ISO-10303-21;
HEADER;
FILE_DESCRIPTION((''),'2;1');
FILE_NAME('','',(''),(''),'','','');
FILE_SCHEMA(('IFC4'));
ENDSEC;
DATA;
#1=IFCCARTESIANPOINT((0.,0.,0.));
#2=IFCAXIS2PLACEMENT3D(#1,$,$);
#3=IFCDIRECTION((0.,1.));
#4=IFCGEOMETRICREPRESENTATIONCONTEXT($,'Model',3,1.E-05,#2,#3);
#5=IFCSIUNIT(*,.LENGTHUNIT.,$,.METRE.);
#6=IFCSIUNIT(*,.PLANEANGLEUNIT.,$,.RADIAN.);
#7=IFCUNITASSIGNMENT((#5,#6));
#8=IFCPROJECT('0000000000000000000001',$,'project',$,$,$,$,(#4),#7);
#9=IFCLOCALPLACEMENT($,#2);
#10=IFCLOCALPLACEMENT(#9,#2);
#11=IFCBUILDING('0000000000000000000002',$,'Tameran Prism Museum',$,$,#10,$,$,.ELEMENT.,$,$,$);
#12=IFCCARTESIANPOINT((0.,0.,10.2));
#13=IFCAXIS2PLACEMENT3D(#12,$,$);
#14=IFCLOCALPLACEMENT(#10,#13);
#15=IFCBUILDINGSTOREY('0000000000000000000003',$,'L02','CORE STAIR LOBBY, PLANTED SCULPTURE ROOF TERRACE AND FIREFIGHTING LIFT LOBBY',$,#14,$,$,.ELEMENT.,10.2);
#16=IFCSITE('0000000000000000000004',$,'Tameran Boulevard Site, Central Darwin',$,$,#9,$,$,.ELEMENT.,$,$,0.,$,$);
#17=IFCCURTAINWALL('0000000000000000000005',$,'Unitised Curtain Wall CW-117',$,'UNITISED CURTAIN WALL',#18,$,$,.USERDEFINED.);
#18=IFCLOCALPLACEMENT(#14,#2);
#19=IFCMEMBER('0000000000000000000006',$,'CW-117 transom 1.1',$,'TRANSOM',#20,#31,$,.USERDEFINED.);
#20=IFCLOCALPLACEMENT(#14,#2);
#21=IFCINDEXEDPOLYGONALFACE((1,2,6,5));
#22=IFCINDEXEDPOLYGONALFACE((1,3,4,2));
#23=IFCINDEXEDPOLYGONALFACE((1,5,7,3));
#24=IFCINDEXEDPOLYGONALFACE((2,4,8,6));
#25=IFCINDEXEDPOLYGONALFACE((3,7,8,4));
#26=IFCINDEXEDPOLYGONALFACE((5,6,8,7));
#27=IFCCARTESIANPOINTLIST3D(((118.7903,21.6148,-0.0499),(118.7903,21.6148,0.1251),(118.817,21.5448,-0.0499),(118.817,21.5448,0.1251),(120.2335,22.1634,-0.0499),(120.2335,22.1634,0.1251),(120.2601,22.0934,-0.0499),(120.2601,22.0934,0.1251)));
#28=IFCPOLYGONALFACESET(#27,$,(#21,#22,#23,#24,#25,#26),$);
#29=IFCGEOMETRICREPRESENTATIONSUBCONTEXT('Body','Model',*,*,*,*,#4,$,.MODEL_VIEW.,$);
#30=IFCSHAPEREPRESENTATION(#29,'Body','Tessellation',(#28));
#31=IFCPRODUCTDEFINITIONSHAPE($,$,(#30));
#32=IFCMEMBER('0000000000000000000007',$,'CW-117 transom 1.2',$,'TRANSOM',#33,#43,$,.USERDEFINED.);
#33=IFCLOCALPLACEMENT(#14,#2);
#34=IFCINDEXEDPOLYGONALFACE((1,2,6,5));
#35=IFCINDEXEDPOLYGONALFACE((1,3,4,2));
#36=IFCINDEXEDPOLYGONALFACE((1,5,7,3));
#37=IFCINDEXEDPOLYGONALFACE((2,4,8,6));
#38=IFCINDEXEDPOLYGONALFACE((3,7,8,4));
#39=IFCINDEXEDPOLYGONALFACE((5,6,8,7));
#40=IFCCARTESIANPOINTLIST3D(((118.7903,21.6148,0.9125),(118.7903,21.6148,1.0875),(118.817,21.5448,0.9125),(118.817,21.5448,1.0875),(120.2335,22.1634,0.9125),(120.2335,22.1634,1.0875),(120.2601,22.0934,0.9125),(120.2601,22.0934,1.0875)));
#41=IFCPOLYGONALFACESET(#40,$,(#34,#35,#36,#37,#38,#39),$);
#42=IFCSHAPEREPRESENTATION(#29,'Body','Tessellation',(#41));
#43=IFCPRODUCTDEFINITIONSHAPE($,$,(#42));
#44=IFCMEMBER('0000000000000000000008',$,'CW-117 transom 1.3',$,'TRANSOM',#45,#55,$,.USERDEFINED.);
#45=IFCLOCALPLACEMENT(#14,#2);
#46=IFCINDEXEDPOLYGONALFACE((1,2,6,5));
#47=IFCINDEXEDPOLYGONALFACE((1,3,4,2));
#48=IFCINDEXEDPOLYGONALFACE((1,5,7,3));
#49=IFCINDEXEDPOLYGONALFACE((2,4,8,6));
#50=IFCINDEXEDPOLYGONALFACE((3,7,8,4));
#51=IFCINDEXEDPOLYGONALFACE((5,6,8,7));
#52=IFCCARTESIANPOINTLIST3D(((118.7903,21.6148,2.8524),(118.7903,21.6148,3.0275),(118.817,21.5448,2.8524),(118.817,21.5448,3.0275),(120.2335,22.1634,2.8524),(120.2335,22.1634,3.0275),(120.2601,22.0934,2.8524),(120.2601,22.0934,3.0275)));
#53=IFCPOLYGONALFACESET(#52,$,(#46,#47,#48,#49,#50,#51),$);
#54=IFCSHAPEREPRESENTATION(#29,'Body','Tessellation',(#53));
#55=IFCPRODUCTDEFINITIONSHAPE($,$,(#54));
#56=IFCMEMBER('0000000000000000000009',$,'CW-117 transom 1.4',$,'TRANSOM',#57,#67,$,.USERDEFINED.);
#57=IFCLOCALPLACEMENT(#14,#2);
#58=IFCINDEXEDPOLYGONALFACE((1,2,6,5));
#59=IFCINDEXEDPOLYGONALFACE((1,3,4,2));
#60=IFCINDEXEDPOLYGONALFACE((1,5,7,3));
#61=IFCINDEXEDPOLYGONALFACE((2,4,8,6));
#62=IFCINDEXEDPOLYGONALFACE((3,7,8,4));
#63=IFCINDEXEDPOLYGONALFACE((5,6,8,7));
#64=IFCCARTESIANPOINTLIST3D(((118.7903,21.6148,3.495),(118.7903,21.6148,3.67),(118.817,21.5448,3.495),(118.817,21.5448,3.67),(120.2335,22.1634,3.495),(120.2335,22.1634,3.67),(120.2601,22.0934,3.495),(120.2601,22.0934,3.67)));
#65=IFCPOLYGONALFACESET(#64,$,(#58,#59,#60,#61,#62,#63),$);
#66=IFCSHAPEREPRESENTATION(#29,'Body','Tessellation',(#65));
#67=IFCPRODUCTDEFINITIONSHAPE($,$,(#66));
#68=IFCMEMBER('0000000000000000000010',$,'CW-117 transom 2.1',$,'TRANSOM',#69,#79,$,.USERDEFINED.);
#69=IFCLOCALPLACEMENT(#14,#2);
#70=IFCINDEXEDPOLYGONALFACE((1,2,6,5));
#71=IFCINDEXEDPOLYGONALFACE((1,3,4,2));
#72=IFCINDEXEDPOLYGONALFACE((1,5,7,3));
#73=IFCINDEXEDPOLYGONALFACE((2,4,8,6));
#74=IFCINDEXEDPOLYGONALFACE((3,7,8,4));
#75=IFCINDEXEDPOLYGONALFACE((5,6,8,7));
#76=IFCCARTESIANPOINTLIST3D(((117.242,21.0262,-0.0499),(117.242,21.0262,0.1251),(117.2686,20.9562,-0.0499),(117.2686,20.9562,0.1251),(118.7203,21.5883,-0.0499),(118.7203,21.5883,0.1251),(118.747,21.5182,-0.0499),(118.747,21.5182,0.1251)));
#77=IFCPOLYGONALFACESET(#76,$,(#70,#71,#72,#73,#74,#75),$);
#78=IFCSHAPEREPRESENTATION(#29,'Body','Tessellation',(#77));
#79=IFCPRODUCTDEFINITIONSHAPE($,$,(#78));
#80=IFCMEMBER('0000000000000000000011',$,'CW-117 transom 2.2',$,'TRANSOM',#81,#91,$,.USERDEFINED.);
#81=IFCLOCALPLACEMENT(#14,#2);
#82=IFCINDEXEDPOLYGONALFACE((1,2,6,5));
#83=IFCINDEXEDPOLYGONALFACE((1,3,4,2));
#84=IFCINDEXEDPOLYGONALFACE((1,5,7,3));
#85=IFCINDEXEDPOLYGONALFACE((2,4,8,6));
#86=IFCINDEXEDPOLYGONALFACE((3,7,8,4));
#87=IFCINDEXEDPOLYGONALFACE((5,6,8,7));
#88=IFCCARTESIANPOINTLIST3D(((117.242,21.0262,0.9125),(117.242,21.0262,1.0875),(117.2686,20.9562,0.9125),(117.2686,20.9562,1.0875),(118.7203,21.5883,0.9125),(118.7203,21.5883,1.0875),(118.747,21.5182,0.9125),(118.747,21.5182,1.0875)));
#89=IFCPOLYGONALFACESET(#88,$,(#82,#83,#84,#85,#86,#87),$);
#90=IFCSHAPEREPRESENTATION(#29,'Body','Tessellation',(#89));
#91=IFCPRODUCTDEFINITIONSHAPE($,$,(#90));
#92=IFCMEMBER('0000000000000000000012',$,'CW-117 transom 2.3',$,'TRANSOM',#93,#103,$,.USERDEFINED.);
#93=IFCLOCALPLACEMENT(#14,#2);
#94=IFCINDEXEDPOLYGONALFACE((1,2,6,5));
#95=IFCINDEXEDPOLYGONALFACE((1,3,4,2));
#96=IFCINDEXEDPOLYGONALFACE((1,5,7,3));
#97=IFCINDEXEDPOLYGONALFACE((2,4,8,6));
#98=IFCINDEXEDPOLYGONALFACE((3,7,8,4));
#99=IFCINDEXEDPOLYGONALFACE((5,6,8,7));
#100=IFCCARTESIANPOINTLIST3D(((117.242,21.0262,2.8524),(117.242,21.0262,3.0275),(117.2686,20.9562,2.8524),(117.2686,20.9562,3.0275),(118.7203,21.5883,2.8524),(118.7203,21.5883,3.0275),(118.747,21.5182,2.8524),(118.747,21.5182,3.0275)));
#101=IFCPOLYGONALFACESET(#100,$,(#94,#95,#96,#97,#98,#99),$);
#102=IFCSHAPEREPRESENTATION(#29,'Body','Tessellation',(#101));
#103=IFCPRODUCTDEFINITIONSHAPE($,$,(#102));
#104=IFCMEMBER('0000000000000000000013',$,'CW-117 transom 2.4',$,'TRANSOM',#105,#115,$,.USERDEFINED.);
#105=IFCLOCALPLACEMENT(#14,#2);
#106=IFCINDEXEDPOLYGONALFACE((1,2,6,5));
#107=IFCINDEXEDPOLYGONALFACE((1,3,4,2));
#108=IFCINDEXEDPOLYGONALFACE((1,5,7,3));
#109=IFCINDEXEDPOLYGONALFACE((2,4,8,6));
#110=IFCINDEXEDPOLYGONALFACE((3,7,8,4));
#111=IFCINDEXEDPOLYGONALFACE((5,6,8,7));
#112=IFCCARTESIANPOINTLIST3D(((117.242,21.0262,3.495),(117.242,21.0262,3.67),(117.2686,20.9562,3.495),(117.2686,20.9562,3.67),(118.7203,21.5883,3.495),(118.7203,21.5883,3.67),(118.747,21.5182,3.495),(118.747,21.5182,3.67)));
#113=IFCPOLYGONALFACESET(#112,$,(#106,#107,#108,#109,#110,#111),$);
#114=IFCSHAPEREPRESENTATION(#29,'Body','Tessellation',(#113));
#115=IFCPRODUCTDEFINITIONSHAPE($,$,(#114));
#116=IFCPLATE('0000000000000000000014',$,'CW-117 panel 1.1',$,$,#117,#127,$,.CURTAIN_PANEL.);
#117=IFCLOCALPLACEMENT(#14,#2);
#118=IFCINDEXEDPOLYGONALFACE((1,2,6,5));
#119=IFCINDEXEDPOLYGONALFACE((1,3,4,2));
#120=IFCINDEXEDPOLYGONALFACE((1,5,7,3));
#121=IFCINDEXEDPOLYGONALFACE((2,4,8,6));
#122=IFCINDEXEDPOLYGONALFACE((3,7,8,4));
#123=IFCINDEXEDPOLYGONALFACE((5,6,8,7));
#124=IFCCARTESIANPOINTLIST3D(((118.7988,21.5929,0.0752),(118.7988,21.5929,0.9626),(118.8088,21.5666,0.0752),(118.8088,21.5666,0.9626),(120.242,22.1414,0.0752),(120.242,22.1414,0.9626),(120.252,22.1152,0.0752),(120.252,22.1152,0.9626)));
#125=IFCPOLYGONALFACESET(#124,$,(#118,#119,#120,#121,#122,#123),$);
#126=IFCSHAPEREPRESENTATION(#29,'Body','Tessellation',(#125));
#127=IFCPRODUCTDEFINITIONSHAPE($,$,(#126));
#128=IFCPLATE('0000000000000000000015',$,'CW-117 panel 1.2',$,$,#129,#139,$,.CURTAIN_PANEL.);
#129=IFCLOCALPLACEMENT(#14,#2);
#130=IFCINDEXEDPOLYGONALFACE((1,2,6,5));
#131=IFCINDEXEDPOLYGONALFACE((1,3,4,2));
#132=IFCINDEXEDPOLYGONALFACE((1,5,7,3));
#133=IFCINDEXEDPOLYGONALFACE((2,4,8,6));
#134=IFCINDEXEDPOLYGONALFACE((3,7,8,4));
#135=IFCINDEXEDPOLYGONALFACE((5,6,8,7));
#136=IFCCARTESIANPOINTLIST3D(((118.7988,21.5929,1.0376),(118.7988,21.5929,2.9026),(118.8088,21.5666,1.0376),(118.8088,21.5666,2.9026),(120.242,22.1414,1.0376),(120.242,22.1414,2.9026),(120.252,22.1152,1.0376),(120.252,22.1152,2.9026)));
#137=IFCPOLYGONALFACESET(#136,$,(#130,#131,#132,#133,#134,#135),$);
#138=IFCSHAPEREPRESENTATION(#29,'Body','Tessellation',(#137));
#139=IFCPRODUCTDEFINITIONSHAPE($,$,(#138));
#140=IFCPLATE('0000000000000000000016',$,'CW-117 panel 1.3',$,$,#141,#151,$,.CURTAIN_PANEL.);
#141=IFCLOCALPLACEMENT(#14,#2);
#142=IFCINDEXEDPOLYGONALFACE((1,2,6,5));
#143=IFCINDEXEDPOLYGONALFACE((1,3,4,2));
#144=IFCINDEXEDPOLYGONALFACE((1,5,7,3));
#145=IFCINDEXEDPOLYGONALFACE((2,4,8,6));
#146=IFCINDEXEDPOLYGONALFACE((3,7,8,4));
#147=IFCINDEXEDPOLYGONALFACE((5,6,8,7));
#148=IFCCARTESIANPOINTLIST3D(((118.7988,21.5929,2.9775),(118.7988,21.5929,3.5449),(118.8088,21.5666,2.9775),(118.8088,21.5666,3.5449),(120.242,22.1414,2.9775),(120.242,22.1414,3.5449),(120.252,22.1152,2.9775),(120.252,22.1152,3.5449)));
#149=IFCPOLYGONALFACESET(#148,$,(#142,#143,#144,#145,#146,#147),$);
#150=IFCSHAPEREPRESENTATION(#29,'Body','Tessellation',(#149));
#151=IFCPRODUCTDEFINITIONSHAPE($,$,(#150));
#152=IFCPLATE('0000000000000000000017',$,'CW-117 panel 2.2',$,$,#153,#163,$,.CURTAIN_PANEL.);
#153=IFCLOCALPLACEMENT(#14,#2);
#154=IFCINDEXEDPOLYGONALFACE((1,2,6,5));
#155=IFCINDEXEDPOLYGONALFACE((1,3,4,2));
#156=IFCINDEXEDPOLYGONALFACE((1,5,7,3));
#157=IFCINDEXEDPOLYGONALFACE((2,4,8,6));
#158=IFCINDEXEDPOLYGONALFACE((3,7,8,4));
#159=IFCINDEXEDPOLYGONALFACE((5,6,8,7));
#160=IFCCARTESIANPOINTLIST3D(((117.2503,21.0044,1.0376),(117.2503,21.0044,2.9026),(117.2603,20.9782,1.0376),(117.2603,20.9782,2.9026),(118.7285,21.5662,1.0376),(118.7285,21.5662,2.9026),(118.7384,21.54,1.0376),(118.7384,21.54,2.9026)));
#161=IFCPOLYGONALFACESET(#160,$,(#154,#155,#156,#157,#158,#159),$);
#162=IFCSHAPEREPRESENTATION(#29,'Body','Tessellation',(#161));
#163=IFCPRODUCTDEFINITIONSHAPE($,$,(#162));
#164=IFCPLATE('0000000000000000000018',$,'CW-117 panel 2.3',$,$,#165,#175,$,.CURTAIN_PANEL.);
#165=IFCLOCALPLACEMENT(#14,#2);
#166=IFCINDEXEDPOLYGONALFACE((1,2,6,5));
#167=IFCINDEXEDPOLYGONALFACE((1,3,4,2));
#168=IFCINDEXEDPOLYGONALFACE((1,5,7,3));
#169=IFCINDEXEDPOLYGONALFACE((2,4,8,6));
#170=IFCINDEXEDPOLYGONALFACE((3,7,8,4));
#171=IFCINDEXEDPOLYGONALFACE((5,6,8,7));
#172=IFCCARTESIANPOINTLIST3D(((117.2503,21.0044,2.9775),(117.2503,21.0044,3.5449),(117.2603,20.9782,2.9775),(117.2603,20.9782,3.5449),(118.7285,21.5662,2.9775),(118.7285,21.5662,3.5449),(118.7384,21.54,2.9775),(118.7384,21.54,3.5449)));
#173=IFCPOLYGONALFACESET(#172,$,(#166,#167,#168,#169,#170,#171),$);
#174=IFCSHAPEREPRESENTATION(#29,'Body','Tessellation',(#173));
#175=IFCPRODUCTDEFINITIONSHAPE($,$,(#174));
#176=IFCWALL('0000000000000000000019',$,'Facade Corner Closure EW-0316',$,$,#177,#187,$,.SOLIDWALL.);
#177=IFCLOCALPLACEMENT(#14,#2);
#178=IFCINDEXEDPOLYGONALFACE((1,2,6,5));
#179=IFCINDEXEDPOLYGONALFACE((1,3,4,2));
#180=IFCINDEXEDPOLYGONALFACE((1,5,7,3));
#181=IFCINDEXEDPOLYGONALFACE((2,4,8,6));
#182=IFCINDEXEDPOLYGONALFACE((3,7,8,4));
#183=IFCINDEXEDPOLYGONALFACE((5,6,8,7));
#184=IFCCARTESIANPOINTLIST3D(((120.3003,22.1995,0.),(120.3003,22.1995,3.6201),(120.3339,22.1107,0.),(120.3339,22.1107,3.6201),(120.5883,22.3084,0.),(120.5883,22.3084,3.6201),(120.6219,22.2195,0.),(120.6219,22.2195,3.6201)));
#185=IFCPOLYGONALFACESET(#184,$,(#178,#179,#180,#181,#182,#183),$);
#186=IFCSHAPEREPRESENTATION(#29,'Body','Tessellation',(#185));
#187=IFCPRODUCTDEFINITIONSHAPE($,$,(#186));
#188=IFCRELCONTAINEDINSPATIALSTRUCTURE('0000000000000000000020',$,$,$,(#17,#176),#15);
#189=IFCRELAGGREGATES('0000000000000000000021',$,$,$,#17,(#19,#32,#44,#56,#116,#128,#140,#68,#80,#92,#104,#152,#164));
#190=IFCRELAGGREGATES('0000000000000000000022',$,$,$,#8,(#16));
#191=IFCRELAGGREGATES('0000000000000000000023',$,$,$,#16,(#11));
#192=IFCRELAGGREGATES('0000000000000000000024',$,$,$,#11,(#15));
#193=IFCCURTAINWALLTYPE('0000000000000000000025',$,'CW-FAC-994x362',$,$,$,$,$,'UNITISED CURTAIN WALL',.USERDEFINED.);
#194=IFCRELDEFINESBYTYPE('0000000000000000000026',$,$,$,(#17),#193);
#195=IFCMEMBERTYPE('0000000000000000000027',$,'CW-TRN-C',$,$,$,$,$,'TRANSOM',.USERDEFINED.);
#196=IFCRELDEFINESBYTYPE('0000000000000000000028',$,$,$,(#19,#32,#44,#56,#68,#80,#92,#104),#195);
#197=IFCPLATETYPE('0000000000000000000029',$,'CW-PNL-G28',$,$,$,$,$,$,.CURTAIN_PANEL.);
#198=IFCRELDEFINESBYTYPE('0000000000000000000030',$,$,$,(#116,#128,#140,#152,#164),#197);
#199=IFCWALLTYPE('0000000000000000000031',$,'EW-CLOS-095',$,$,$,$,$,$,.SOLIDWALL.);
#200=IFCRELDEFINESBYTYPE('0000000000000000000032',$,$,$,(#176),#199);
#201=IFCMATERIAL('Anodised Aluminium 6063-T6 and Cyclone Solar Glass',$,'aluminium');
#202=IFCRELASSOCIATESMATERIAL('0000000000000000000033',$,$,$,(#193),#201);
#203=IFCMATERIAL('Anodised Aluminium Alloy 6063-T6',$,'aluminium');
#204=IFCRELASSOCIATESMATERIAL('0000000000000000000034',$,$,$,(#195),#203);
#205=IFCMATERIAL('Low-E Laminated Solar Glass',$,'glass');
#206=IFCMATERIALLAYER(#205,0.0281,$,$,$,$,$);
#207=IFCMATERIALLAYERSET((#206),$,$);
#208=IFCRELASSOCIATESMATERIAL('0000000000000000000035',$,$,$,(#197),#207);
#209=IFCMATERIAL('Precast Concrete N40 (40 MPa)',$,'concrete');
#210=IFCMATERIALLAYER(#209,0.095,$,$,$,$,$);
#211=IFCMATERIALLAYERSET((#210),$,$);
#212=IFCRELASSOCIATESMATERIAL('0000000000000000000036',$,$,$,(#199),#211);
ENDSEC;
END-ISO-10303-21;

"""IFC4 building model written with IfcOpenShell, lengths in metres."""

from ifc_helpers import new_model, si_unit, direction, frame, frame_2d, origin, origin_2d, place, context, subcontext, project, spatial, rectangle, extrude, material, layer, layer_set, material_profile, profile_set, type_object, element, aggregate, save


model = new_model("IFC4")

# Units and contexts
model_context = context("Model", 3, precision=1e-05, world=origin(), true_north=direction((0.0, 1.0)))
body_context = subcontext(model_context, "Body", "Model", "MODEL_VIEW")
ifc_project = project(units=[si_unit("LENGTHUNIT", "METRE"), si_unit("PLANEANGLEUNIT", "RADIAN")], contexts=[model_context])

# Site, building, storey
site_placement = place(None, origin())
site = spatial("IfcSite", under=ifc_project, at=site_placement, Name="Tameran Boulevard Site, Central Darwin", CompositionType="ELEMENT", RefElevation=0.0)
building_placement = place(site_placement, origin())
building = spatial("IfcBuilding", under=site, at=building_placement, Name="Tameran Prism Museum", CompositionType="ELEMENT")
storey_placement = place(building_placement, frame((0.0, 0.0, 10.2)))
storey = spatial("IfcBuildingStorey", under=building, at=storey_placement, Name="L02", Description="CORE STAIR LOBBY, PLANTED SCULPTURE ROOF TERRACE AND FIREFIGHTING LIFT LOBBY", CompositionType="ELEMENT", Elevation=10.2)

# Curtain wall, members, plates
ifc_material_1 = material(Name="Anodised Aluminium 6063-T6 and Cyclone Solar Glass", Category="aluminium")
curtain_wall_type = type_object("IfcCurtainWallType", Name="CW-FAC-994x362", ElementType="UNITISED CURTAIN WALL", PredefinedType="USERDEFINED", material=ifc_material_1)
curtain_wall_placement = place(storey_placement, origin())
curtain_wall = element("IfcCurtainWall", 1, at=curtain_wall_placement, inside=storey, type_object=curtain_wall_type, Name="Unitised Curtain Wall CW-117", ObjectType="UNITISED CURTAIN WALL", PredefinedType="USERDEFINED")
ifc_material_2 = material(Name="Anodised Aluminium Alloy 6063-T6", Category="aluminium")
ifc_material_profile_1 = material_profile(ifc_material_2, rectangle(XDim=0.075, YDim=0.175, at=origin_2d()))
ifc_profile_set_1 = profile_set([ifc_material_profile_1])
member_type_1 = type_object("IfcMemberType", Name="CW-TRN-C", ElementType="TRANSOM", PredefinedType="USERDEFINED", material=ifc_profile_set_1)
member_1_placement = place(storey_placement, frame((120.2468, 22.1284, 0.0376), z_axis=(-0.934741, -0.355331, 0.0), x_axis=(0.355331, -0.934741, 0.0)))
member_1 = element("IfcMember", 2, at=member_1_placement, type_object=member_type_1, Name="CW-117 transom 1.1", ObjectType="TRANSOM", PredefinedType="USERDEFINED", context=body_context, shape_type="SweptSolid", body=[
    extrude(rectangle(XDim=0.075, YDim=0.175, at=origin_2d()), origin(), (0.0, 0.0, 1.0), 1.5439),
])
member_2_placement = place(storey_placement, frame((120.2468, 22.1284, 1.0), z_axis=(-0.934741, -0.355331, 0.0), x_axis=(0.355331, -0.934741, 0.0)))
member_2 = element("IfcMember", 3, at=member_2_placement, type_object=member_type_1, Name="CW-117 transom 1.2", ObjectType="TRANSOM", PredefinedType="USERDEFINED", context=body_context, shape_type="SweptSolid", body=[
    extrude(rectangle(XDim=0.075, YDim=0.175, at=origin_2d()), origin(), (0.0, 0.0, 1.0), 1.5439),
])
member_3_placement = place(storey_placement, frame((120.2468, 22.1284, 2.9399), z_axis=(-0.934741, -0.355331, 0.0), x_axis=(0.355331, -0.934741, 0.0)))
member_3 = element("IfcMember", 4, at=member_3_placement, type_object=member_type_1, Name="CW-117 transom 1.3", ObjectType="TRANSOM", PredefinedType="USERDEFINED", context=body_context, shape_type="SweptSolid", body=[
    extrude(rectangle(XDim=0.075, YDim=0.175, at=origin_2d()), origin(), (0.0, 0.0, 1.0), 1.5439),
])
member_4_placement = place(storey_placement, frame((120.2468, 22.1284, 3.5825), z_axis=(-0.934741, -0.355331, 0.0), x_axis=(0.355331, -0.934741, 0.0)))
member_4 = element("IfcMember", 5, at=member_4_placement, type_object=member_type_1, Name="CW-117 transom 1.4", ObjectType="TRANSOM", PredefinedType="USERDEFINED", context=body_context, shape_type="SweptSolid", body=[
    extrude(rectangle(XDim=0.075, YDim=0.175, at=origin_2d()), origin(), (0.0, 0.0, 1.0), 1.5439),
])
member_5_placement = place(storey_placement, frame((118.7336, 21.5532, 0.0376), z_axis=(-0.934727, -0.355366, 0.0), x_axis=(0.355366, -0.934727, 0.0)))
member_5 = element("IfcMember", 6, at=member_5_placement, type_object=member_type_1, Name="CW-117 transom 2.1", ObjectType="TRANSOM", PredefinedType="USERDEFINED", context=body_context, shape_type="SweptSolid", body=[
    extrude(rectangle(XDim=0.075, YDim=0.175, at=origin_2d()), origin(), (0.0, 0.0, 1.0), 1.5815),
])
member_6_placement = place(storey_placement, frame((118.7336, 21.5532, 1.0), z_axis=(-0.934727, -0.355366, 0.0), x_axis=(0.355366, -0.934727, 0.0)))
member_6 = element("IfcMember", 7, at=member_6_placement, type_object=member_type_1, Name="CW-117 transom 2.2", ObjectType="TRANSOM", PredefinedType="USERDEFINED", context=body_context, shape_type="SweptSolid", body=[
    extrude(rectangle(XDim=0.075, YDim=0.175, at=origin_2d()), origin(), (0.0, 0.0, 1.0), 1.5815),
])
member_7_placement = place(storey_placement, frame((118.7336, 21.5532, 2.9399), z_axis=(-0.934727, -0.355366, 0.0), x_axis=(0.355366, -0.934727, 0.0)))
member_7 = element("IfcMember", 8, at=member_7_placement, type_object=member_type_1, Name="CW-117 transom 2.3", ObjectType="TRANSOM", PredefinedType="USERDEFINED", context=body_context, shape_type="SweptSolid", body=[
    extrude(rectangle(XDim=0.075, YDim=0.175, at=origin_2d()), origin(), (0.0, 0.0, 1.0), 1.5815),
])
member_8_placement = place(storey_placement, frame((118.7336, 21.5532, 3.5825), z_axis=(-0.934727, -0.355366, 0.0), x_axis=(0.355366, -0.934727, 0.0)))
member_8 = element("IfcMember", 9, at=member_8_placement, type_object=member_type_1, Name="CW-117 transom 2.4", ObjectType="TRANSOM", PredefinedType="USERDEFINED", context=body_context, shape_type="SweptSolid", body=[
    extrude(rectangle(XDim=0.075, YDim=0.175, at=origin_2d()), origin(), (0.0, 0.0, 1.0), 1.5815),
])
ifc_material_3 = material(Name="Low-E Laminated Solar Glass", Category="glass")
ifc_layer_1 = layer(ifc_material_3, 0.0281)
ifc_layer_set_1 = layer_set([ifc_layer_1])
plate_type = type_object("IfcPlateType", Name="CW-PNL-G28", PredefinedType="CURTAIN_PANEL", material=ifc_layer_set_1)
plate_1_placement = place(storey_placement, frame((119.5254, 21.854, 0.0752), z_axis=(0.0, 0.0, 1.0), x_axis=(-0.934757, -0.355288, 0.0)))
plate_1 = element("IfcPlate", 10, at=plate_1_placement, type_object=plate_type, Name="CW-117 panel 1.1", PredefinedType="CURTAIN_PANEL", context=body_context, shape_type="SweptSolid", body=[
    extrude(rectangle(XDim=1.5439, YDim=0.0281, at=origin_2d()), origin(), (0.0, 0.0, 1.0), 0.8875),
])
plate_2_placement = place(storey_placement, frame((119.5254, 21.854, 1.0376), z_axis=(0.0, 0.0, 1.0), x_axis=(-0.934757, -0.355288, 0.0)))
plate_2 = element("IfcPlate", 11, at=plate_2_placement, type_object=plate_type, Name="CW-117 panel 1.2", PredefinedType="CURTAIN_PANEL", context=body_context, shape_type="SweptSolid", body=[
    extrude(rectangle(XDim=1.5439, YDim=0.0281, at=origin_2d()), origin(), (0.0, 0.0, 1.0), 1.865),
])
plate_3_placement = place(storey_placement, frame((119.5254, 21.854, 2.9775), z_axis=(0.0, 0.0, 1.0), x_axis=(-0.934757, -0.355288, 0.0)))
plate_3 = element("IfcPlate", 12, at=plate_3_placement, type_object=plate_type, Name="CW-117 panel 1.3", PredefinedType="CURTAIN_PANEL", context=body_context, shape_type="SweptSolid", body=[
    extrude(rectangle(XDim=1.5439, YDim=0.0281, at=origin_2d()), origin(), (0.0, 0.0, 1.0), 0.5674),
])
plate_4_placement = place(storey_placement, frame((117.9944, 21.2722, 1.0376), z_axis=(0.0, 0.0, 1.0), x_axis=(-0.934757, -0.355288, 0.0)))
plate_4 = element("IfcPlate", 13, at=plate_4_placement, type_object=plate_type, Name="CW-117 panel 2.2", PredefinedType="CURTAIN_PANEL", context=body_context, shape_type="SweptSolid", body=[
    extrude(rectangle(XDim=1.5813, YDim=0.0281, at=origin_2d()), origin(), (0.0, 0.0, 1.0), 1.865),
])
plate_5_placement = place(storey_placement, frame((117.9944, 21.2722, 2.9775), z_axis=(0.0, 0.0, 1.0), x_axis=(-0.934757, -0.355288, 0.0)))
plate_5 = element("IfcPlate", 14, at=plate_5_placement, type_object=plate_type, Name="CW-117 panel 2.3", PredefinedType="CURTAIN_PANEL", context=body_context, shape_type="SweptSolid", body=[
    extrude(rectangle(XDim=1.5813, YDim=0.0281, at=origin_2d()), origin(), (0.0, 0.0, 1.0), 0.5674),
])
aggregate(curtain_wall, [member_1, member_2, member_3, member_4, plate_1, plate_2, plate_3, member_5, member_6, member_7, member_8, plate_4, plate_5])

# Wall
ifc_material_4 = material(Name="Precast Concrete N40 (40 MPa)", Category="concrete")
ifc_layer_2 = layer(ifc_material_4, 0.095)
ifc_layer_set_2 = layer_set([ifc_layer_2])
wall_type_1 = type_object("IfcWallType", Name="EW-CLOS-095", PredefinedType="SOLIDWALL", material=ifc_layer_set_2)
wall_1_placement = place(storey_placement, frame((120.605, 22.2639, 0.0), z_axis=(0.0, 0.0, 1.0), x_axis=(-0.935414, -0.353555, 0.0)))
element("IfcWall", 15, at=wall_1_placement, inside=storey, type_object=wall_type_1, Name="Facade Corner Closure EW-0316", PredefinedType="SOLIDWALL", context=body_context, shape_type="SweptSolid", body=[
    extrude(rectangle(XDim=0.3079, YDim=0.095, at=frame_2d((0.1538, 0.0))), origin(), (0.0, 0.0, 1.0), 3.6201),
])

save(model, "model.ifc")
